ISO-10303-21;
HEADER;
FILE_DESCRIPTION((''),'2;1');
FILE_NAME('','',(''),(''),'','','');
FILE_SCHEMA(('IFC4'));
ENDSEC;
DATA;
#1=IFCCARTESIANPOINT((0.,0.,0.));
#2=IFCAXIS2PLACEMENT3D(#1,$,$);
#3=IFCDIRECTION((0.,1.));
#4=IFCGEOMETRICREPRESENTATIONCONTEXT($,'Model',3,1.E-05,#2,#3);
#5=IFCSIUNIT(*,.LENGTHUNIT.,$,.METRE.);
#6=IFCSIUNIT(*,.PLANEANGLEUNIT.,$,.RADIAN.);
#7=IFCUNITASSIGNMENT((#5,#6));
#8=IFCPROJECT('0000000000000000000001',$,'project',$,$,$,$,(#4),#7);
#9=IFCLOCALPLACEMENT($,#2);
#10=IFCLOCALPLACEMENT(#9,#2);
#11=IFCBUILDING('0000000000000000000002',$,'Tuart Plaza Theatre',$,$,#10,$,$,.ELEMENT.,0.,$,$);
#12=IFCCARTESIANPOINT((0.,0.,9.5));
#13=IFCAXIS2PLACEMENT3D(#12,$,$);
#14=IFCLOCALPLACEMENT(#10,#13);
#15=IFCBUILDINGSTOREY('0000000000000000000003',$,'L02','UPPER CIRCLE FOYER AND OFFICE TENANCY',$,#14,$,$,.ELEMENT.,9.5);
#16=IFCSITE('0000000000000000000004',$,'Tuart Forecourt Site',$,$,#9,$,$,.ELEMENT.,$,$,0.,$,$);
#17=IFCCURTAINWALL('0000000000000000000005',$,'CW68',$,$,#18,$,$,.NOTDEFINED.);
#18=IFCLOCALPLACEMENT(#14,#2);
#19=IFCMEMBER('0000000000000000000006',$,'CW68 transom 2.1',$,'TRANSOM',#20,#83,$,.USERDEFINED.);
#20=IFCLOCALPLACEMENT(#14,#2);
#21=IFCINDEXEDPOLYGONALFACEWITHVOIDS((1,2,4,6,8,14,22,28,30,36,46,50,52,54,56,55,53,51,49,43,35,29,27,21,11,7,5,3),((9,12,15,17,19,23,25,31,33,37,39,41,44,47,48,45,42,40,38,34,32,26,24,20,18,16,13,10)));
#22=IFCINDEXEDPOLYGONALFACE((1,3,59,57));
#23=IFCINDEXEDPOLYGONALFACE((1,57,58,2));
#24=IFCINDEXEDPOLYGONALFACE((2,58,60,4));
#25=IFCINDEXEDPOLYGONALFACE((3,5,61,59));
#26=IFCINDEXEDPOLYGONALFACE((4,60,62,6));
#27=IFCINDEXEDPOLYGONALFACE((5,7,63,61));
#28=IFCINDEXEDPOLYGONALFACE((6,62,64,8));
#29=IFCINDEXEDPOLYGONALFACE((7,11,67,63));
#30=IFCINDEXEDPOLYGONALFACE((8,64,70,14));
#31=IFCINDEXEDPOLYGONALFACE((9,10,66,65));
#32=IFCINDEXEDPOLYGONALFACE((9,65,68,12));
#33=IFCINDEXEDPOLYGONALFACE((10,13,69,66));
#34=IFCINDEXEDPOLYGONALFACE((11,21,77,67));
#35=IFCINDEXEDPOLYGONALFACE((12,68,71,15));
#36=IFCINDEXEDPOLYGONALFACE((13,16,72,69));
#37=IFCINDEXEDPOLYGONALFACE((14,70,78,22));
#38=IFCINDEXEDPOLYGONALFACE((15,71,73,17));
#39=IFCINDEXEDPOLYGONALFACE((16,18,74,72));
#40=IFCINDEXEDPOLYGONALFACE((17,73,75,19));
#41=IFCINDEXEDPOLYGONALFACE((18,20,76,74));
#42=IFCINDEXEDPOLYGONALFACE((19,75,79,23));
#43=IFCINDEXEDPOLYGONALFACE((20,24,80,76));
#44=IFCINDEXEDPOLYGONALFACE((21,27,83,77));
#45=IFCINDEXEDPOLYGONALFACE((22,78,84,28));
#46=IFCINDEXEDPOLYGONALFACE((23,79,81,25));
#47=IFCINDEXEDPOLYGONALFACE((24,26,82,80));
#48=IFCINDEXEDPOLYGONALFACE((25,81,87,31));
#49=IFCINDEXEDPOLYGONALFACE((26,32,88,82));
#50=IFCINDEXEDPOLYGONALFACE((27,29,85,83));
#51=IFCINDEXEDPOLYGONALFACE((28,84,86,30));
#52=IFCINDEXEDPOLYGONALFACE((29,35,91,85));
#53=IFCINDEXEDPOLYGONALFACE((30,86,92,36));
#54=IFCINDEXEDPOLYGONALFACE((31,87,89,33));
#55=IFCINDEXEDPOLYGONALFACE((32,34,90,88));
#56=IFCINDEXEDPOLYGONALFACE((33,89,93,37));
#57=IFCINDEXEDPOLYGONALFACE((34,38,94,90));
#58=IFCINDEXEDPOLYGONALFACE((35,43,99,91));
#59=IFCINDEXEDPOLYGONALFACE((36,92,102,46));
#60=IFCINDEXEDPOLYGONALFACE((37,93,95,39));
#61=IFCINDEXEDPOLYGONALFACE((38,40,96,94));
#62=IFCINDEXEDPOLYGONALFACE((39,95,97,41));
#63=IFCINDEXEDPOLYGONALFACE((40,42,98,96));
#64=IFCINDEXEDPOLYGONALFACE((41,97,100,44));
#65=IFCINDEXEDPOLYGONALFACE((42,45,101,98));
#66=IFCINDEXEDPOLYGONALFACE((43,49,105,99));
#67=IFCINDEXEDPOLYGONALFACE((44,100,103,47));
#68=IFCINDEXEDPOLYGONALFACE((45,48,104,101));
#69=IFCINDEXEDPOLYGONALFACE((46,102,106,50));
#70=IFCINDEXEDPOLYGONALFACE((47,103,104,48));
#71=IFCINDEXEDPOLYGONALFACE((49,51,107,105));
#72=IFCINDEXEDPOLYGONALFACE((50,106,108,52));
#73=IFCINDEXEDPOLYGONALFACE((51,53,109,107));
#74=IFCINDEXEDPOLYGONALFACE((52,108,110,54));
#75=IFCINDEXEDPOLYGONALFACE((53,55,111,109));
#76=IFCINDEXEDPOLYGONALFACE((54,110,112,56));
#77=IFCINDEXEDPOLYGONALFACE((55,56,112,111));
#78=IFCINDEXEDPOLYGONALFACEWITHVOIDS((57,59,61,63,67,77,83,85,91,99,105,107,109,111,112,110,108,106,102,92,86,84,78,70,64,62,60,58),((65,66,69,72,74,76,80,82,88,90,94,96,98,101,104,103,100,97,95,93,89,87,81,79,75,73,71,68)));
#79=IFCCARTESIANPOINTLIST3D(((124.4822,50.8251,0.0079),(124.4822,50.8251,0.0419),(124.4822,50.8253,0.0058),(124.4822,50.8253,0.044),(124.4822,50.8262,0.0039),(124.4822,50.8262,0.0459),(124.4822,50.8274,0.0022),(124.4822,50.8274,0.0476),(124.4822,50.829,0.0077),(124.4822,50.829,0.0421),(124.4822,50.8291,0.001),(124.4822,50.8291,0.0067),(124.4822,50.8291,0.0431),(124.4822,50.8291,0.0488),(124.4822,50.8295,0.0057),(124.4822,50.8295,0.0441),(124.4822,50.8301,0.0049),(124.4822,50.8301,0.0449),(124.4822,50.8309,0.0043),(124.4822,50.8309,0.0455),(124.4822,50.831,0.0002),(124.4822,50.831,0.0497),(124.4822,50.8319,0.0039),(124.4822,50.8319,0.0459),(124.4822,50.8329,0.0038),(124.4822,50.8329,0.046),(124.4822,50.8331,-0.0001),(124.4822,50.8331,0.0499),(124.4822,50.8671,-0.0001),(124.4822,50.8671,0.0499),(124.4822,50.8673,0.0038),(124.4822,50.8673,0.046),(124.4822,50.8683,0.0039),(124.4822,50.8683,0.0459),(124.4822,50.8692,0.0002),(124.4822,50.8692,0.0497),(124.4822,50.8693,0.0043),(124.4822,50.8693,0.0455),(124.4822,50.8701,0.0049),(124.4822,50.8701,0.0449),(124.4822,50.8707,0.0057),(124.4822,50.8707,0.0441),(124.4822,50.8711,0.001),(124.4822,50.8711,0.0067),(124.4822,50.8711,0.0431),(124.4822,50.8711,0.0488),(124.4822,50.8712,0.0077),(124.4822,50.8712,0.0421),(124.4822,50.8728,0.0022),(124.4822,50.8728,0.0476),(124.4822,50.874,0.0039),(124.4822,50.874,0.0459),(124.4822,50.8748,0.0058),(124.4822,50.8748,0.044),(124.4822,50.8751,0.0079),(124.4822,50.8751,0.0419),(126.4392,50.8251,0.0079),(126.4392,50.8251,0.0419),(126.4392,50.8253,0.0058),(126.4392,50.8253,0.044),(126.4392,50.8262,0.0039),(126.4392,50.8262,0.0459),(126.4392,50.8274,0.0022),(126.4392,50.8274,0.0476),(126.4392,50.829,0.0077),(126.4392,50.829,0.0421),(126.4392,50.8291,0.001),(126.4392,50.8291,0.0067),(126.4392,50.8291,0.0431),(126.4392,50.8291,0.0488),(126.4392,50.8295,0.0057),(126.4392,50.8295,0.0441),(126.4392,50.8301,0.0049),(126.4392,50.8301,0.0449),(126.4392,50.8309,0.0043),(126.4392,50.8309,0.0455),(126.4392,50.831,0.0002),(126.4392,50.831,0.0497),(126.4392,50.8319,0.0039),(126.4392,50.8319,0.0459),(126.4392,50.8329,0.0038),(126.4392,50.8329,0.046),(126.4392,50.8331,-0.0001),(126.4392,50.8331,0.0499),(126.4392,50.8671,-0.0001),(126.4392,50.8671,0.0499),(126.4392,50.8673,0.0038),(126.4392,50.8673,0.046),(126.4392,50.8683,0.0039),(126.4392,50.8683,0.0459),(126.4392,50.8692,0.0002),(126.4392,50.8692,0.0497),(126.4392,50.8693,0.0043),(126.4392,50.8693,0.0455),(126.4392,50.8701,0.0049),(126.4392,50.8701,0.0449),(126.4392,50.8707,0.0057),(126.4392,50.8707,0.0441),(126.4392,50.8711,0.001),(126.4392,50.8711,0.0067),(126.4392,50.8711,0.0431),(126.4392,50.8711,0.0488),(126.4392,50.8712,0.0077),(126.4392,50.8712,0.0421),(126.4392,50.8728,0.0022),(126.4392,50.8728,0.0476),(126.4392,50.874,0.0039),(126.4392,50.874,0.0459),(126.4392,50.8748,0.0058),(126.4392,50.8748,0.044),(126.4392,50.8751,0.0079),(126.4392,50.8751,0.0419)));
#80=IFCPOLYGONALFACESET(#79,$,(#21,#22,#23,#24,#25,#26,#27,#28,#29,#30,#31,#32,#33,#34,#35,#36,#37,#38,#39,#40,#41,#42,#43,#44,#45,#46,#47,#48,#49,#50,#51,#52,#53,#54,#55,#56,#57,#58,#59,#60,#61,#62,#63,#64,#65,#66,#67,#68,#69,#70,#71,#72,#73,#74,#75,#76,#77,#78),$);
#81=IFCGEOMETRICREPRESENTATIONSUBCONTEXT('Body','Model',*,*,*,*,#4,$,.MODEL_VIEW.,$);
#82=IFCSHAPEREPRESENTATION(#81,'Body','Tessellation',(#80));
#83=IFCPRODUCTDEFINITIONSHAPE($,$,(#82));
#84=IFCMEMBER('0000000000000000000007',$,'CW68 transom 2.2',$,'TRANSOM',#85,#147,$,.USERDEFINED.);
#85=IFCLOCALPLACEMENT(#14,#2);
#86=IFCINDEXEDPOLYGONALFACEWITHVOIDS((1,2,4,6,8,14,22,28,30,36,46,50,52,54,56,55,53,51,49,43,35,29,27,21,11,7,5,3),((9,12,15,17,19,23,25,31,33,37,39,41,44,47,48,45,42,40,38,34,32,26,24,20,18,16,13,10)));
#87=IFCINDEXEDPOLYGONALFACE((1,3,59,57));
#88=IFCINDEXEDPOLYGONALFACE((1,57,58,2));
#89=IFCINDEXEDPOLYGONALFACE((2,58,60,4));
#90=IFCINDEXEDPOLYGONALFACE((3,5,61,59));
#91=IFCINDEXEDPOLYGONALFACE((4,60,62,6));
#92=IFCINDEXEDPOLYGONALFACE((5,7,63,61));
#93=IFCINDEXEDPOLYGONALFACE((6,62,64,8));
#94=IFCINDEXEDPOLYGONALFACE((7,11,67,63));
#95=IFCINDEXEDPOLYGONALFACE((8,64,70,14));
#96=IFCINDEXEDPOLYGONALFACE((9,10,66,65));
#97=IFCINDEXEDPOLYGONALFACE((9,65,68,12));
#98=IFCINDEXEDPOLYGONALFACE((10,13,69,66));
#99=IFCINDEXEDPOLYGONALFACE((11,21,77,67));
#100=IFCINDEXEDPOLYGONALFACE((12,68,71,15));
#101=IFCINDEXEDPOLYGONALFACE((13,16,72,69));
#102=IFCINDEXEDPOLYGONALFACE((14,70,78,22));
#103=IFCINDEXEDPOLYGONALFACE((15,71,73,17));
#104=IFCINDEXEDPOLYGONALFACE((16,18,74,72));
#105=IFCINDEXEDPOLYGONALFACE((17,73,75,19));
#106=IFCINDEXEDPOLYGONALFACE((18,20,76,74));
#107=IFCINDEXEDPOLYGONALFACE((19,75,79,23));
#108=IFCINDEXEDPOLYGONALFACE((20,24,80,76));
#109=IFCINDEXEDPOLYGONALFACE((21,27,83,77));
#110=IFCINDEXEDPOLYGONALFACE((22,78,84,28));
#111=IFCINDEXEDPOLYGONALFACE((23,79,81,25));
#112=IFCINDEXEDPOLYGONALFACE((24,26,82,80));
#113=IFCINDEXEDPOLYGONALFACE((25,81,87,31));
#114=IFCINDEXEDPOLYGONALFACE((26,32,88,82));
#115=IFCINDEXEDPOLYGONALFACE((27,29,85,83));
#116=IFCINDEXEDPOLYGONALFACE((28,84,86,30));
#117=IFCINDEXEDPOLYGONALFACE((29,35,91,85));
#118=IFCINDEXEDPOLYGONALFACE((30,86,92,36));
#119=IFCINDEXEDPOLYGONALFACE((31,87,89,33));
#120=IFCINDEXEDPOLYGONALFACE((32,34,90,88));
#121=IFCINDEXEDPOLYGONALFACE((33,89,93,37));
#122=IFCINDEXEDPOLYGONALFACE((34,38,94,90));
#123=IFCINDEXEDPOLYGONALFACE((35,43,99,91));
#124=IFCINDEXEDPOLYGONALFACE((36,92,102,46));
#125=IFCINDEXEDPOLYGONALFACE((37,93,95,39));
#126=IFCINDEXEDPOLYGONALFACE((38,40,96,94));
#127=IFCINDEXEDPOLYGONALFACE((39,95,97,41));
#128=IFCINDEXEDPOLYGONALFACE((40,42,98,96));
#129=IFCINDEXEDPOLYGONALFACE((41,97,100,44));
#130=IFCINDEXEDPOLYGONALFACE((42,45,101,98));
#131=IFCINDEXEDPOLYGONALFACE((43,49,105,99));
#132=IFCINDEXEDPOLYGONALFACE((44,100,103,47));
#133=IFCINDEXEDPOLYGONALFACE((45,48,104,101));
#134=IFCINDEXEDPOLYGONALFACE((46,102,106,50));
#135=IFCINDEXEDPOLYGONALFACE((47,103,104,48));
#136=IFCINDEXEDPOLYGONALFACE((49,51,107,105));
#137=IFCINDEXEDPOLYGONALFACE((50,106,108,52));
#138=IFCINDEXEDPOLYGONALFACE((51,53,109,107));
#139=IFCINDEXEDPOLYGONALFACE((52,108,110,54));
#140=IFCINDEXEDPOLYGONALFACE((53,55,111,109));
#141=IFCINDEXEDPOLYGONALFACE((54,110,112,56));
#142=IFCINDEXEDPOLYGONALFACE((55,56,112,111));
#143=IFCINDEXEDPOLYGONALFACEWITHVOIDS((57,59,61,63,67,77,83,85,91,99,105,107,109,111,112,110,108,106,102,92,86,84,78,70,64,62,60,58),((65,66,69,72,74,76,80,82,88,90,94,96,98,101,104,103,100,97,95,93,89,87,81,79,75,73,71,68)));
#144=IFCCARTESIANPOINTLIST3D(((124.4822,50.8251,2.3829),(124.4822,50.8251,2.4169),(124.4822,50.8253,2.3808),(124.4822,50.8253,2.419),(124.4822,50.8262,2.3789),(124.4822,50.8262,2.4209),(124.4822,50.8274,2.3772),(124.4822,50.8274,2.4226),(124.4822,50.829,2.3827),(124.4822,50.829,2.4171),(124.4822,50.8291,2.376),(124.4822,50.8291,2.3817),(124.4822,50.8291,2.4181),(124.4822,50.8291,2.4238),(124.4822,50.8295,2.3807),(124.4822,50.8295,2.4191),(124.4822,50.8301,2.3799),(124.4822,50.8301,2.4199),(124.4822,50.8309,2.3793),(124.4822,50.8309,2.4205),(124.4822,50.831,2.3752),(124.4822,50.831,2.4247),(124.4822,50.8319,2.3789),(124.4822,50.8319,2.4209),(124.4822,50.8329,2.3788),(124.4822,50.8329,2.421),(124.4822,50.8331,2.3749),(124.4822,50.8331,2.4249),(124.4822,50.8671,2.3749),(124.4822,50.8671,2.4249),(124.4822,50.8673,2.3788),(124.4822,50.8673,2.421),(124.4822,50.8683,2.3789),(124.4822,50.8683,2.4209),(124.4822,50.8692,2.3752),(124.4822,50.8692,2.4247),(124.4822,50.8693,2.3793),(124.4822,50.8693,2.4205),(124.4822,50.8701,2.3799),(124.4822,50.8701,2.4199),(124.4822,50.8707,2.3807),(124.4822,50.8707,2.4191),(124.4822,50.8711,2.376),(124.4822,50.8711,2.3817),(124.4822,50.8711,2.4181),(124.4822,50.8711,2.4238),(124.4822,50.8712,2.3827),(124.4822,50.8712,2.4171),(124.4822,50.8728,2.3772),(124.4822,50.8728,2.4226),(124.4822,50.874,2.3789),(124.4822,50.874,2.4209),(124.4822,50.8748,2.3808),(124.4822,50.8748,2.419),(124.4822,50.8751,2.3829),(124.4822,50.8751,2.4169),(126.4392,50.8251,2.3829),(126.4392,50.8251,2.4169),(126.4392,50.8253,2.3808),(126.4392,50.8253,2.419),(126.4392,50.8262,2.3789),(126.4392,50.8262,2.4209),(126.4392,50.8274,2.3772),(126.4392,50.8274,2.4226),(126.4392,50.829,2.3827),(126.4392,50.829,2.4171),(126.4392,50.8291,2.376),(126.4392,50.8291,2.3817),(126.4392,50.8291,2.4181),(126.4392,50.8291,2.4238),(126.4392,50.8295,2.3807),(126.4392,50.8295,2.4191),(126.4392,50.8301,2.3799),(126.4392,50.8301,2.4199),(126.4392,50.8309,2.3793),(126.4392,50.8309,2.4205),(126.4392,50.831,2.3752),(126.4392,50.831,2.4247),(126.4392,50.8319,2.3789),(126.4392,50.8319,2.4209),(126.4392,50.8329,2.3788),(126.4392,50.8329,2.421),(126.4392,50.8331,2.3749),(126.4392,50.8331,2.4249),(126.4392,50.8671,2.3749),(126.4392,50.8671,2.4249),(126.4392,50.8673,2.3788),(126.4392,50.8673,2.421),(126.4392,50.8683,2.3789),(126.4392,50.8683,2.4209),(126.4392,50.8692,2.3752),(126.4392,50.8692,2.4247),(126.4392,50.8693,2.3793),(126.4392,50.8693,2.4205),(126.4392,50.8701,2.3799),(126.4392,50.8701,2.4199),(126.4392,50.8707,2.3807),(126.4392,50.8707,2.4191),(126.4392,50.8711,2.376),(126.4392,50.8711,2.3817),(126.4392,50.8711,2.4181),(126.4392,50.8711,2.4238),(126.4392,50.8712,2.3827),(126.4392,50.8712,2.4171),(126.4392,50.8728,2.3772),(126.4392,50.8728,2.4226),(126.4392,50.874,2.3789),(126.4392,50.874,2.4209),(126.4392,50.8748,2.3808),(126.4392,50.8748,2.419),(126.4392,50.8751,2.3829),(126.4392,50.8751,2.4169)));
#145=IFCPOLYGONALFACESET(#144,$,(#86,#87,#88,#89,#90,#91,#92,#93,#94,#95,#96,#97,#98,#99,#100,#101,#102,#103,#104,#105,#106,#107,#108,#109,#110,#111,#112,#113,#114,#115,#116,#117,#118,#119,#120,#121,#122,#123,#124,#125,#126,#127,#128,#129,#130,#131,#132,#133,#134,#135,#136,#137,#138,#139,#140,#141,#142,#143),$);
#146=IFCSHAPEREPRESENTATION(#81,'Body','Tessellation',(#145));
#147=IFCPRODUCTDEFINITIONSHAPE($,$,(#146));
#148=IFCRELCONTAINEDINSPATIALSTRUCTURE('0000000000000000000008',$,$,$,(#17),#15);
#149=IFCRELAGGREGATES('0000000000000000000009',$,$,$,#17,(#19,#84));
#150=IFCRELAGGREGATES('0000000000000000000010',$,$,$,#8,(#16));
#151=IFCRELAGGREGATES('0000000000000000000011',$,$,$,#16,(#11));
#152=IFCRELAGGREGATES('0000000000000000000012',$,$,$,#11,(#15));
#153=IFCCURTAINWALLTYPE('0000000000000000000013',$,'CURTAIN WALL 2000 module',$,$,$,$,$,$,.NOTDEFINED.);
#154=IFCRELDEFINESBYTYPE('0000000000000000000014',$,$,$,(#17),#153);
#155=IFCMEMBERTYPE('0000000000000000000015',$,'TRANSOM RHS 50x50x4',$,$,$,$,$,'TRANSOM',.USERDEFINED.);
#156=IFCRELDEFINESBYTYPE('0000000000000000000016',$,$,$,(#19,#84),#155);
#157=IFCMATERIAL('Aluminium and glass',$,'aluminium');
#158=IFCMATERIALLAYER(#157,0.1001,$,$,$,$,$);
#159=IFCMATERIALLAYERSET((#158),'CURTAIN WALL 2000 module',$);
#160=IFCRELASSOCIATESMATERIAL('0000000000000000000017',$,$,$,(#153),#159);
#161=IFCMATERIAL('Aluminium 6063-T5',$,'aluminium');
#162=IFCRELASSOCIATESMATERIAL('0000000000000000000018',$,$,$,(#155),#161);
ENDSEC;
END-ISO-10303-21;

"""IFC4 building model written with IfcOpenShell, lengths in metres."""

from ifc_helpers import new_model, si_unit, direction, frame, origin, origin_2d, place, context, subcontext, project, spatial, hollow_rectangle, extrude, material, layer, layer_set, material_profile, profile_set, type_object, element, aggregate, save


model = new_model("IFC4")

# Units and contexts
model_context = context("Model", 3, precision=1e-05, world=origin(), true_north=direction((0.0, 1.0)))
body_context = subcontext(model_context, "Body", "Model", "MODEL_VIEW")
ifc_project = project(units=[si_unit("LENGTHUNIT", "METRE"), si_unit("PLANEANGLEUNIT", "RADIAN")], contexts=[model_context])

# Site, building, storey
site_placement = place(None, origin())
site = spatial("IfcSite", under=ifc_project, at=site_placement, Name="Tuart Forecourt Site", CompositionType="ELEMENT", RefElevation=0.0)
building_placement = place(site_placement, origin())
building = spatial("IfcBuilding", under=site, at=building_placement, Name="Tuart Plaza Theatre", CompositionType="ELEMENT", ElevationOfRefHeight=0.0)
storey_placement = place(building_placement, frame((0.0, 0.0, 9.5)))
storey = spatial("IfcBuildingStorey", under=building, at=storey_placement, Name="L02", Description="UPPER CIRCLE FOYER AND OFFICE TENANCY", CompositionType="ELEMENT", Elevation=9.5)

# Shared definitions
ifc_material_1 = material(Name="Aluminium and glass", Category="aluminium")
ifc_layer_1 = layer(ifc_material_1, 0.1001)
ifc_layer_set_1 = layer_set([ifc_layer_1], Name="CURTAIN WALL 2000 module")
curtain_wall_type = type_object("IfcCurtainWallType", Name="CURTAIN WALL 2000 module", PredefinedType="NOTDEFINED", material=ifc_layer_set_1)

# Curtain wall
curtain_wall_1_placement = place(storey_placement, origin())
curtain_wall_1 = element("IfcCurtainWall", 1, at=curtain_wall_1_placement, inside=storey, type_object=curtain_wall_type, Name="CW68", PredefinedType="NOTDEFINED")

# Members
ifc_material_2 = material(Name="Aluminium 6063-T5", Category="aluminium")
ifc_material_profile_1 = material_profile(ifc_material_2, hollow_rectangle(XDim=0.05, YDim=0.05, WallThickness=0.0039, InnerFilletRadius=0.0039, OuterFilletRadius=0.0081, at=origin_2d()), Name="RHS 50x50x4")
ifc_profile_set_1 = profile_set([ifc_material_profile_1], Name="Aluminium 6063-T5")
member_type_1 = type_object("IfcMemberType", Name="TRANSOM RHS 50x50x4", ElementType="TRANSOM", PredefinedType="USERDEFINED", material=ifc_profile_set_1)
member_1_placement = place(storey_placement, frame((124.4822, 50.8501, 0.0249), z_axis=(1.0, 0.0, 0.0), x_axis=(0.0, 1.0, 0.0)))
member_1 = element("IfcMember", 2, at=member_1_placement, type_object=member_type_1, Name="CW68 transom 2.1", ObjectType="TRANSOM", PredefinedType="USERDEFINED", context=body_context, shape_type="SweptSolid", body=[
    extrude(hollow_rectangle(XDim=0.05, YDim=0.05, WallThickness=0.0039, InnerFilletRadius=0.0039, OuterFilletRadius=0.0081, at=origin_2d()), origin(), (0.0, 0.0, 1.0), 1.957),
])
member_2_placement = place(storey_placement, frame((124.4822, 50.8501, 2.3999), z_axis=(1.0, 0.0, 0.0), x_axis=(0.0, 1.0, 0.0)))
member_2 = element("IfcMember", 3, at=member_2_placement, type_object=member_type_1, Name="CW68 transom 2.2", ObjectType="TRANSOM", PredefinedType="USERDEFINED", context=body_context, shape_type="SweptSolid", body=[
    extrude(hollow_rectangle(XDim=0.05, YDim=0.05, WallThickness=0.0039, InnerFilletRadius=0.0039, OuterFilletRadius=0.0081, at=origin_2d()), origin(), (0.0, 0.0, 1.0), 1.957),
])

aggregate(curtain_wall_1, [member_1, member_2])

save(model, "model.ifc")
